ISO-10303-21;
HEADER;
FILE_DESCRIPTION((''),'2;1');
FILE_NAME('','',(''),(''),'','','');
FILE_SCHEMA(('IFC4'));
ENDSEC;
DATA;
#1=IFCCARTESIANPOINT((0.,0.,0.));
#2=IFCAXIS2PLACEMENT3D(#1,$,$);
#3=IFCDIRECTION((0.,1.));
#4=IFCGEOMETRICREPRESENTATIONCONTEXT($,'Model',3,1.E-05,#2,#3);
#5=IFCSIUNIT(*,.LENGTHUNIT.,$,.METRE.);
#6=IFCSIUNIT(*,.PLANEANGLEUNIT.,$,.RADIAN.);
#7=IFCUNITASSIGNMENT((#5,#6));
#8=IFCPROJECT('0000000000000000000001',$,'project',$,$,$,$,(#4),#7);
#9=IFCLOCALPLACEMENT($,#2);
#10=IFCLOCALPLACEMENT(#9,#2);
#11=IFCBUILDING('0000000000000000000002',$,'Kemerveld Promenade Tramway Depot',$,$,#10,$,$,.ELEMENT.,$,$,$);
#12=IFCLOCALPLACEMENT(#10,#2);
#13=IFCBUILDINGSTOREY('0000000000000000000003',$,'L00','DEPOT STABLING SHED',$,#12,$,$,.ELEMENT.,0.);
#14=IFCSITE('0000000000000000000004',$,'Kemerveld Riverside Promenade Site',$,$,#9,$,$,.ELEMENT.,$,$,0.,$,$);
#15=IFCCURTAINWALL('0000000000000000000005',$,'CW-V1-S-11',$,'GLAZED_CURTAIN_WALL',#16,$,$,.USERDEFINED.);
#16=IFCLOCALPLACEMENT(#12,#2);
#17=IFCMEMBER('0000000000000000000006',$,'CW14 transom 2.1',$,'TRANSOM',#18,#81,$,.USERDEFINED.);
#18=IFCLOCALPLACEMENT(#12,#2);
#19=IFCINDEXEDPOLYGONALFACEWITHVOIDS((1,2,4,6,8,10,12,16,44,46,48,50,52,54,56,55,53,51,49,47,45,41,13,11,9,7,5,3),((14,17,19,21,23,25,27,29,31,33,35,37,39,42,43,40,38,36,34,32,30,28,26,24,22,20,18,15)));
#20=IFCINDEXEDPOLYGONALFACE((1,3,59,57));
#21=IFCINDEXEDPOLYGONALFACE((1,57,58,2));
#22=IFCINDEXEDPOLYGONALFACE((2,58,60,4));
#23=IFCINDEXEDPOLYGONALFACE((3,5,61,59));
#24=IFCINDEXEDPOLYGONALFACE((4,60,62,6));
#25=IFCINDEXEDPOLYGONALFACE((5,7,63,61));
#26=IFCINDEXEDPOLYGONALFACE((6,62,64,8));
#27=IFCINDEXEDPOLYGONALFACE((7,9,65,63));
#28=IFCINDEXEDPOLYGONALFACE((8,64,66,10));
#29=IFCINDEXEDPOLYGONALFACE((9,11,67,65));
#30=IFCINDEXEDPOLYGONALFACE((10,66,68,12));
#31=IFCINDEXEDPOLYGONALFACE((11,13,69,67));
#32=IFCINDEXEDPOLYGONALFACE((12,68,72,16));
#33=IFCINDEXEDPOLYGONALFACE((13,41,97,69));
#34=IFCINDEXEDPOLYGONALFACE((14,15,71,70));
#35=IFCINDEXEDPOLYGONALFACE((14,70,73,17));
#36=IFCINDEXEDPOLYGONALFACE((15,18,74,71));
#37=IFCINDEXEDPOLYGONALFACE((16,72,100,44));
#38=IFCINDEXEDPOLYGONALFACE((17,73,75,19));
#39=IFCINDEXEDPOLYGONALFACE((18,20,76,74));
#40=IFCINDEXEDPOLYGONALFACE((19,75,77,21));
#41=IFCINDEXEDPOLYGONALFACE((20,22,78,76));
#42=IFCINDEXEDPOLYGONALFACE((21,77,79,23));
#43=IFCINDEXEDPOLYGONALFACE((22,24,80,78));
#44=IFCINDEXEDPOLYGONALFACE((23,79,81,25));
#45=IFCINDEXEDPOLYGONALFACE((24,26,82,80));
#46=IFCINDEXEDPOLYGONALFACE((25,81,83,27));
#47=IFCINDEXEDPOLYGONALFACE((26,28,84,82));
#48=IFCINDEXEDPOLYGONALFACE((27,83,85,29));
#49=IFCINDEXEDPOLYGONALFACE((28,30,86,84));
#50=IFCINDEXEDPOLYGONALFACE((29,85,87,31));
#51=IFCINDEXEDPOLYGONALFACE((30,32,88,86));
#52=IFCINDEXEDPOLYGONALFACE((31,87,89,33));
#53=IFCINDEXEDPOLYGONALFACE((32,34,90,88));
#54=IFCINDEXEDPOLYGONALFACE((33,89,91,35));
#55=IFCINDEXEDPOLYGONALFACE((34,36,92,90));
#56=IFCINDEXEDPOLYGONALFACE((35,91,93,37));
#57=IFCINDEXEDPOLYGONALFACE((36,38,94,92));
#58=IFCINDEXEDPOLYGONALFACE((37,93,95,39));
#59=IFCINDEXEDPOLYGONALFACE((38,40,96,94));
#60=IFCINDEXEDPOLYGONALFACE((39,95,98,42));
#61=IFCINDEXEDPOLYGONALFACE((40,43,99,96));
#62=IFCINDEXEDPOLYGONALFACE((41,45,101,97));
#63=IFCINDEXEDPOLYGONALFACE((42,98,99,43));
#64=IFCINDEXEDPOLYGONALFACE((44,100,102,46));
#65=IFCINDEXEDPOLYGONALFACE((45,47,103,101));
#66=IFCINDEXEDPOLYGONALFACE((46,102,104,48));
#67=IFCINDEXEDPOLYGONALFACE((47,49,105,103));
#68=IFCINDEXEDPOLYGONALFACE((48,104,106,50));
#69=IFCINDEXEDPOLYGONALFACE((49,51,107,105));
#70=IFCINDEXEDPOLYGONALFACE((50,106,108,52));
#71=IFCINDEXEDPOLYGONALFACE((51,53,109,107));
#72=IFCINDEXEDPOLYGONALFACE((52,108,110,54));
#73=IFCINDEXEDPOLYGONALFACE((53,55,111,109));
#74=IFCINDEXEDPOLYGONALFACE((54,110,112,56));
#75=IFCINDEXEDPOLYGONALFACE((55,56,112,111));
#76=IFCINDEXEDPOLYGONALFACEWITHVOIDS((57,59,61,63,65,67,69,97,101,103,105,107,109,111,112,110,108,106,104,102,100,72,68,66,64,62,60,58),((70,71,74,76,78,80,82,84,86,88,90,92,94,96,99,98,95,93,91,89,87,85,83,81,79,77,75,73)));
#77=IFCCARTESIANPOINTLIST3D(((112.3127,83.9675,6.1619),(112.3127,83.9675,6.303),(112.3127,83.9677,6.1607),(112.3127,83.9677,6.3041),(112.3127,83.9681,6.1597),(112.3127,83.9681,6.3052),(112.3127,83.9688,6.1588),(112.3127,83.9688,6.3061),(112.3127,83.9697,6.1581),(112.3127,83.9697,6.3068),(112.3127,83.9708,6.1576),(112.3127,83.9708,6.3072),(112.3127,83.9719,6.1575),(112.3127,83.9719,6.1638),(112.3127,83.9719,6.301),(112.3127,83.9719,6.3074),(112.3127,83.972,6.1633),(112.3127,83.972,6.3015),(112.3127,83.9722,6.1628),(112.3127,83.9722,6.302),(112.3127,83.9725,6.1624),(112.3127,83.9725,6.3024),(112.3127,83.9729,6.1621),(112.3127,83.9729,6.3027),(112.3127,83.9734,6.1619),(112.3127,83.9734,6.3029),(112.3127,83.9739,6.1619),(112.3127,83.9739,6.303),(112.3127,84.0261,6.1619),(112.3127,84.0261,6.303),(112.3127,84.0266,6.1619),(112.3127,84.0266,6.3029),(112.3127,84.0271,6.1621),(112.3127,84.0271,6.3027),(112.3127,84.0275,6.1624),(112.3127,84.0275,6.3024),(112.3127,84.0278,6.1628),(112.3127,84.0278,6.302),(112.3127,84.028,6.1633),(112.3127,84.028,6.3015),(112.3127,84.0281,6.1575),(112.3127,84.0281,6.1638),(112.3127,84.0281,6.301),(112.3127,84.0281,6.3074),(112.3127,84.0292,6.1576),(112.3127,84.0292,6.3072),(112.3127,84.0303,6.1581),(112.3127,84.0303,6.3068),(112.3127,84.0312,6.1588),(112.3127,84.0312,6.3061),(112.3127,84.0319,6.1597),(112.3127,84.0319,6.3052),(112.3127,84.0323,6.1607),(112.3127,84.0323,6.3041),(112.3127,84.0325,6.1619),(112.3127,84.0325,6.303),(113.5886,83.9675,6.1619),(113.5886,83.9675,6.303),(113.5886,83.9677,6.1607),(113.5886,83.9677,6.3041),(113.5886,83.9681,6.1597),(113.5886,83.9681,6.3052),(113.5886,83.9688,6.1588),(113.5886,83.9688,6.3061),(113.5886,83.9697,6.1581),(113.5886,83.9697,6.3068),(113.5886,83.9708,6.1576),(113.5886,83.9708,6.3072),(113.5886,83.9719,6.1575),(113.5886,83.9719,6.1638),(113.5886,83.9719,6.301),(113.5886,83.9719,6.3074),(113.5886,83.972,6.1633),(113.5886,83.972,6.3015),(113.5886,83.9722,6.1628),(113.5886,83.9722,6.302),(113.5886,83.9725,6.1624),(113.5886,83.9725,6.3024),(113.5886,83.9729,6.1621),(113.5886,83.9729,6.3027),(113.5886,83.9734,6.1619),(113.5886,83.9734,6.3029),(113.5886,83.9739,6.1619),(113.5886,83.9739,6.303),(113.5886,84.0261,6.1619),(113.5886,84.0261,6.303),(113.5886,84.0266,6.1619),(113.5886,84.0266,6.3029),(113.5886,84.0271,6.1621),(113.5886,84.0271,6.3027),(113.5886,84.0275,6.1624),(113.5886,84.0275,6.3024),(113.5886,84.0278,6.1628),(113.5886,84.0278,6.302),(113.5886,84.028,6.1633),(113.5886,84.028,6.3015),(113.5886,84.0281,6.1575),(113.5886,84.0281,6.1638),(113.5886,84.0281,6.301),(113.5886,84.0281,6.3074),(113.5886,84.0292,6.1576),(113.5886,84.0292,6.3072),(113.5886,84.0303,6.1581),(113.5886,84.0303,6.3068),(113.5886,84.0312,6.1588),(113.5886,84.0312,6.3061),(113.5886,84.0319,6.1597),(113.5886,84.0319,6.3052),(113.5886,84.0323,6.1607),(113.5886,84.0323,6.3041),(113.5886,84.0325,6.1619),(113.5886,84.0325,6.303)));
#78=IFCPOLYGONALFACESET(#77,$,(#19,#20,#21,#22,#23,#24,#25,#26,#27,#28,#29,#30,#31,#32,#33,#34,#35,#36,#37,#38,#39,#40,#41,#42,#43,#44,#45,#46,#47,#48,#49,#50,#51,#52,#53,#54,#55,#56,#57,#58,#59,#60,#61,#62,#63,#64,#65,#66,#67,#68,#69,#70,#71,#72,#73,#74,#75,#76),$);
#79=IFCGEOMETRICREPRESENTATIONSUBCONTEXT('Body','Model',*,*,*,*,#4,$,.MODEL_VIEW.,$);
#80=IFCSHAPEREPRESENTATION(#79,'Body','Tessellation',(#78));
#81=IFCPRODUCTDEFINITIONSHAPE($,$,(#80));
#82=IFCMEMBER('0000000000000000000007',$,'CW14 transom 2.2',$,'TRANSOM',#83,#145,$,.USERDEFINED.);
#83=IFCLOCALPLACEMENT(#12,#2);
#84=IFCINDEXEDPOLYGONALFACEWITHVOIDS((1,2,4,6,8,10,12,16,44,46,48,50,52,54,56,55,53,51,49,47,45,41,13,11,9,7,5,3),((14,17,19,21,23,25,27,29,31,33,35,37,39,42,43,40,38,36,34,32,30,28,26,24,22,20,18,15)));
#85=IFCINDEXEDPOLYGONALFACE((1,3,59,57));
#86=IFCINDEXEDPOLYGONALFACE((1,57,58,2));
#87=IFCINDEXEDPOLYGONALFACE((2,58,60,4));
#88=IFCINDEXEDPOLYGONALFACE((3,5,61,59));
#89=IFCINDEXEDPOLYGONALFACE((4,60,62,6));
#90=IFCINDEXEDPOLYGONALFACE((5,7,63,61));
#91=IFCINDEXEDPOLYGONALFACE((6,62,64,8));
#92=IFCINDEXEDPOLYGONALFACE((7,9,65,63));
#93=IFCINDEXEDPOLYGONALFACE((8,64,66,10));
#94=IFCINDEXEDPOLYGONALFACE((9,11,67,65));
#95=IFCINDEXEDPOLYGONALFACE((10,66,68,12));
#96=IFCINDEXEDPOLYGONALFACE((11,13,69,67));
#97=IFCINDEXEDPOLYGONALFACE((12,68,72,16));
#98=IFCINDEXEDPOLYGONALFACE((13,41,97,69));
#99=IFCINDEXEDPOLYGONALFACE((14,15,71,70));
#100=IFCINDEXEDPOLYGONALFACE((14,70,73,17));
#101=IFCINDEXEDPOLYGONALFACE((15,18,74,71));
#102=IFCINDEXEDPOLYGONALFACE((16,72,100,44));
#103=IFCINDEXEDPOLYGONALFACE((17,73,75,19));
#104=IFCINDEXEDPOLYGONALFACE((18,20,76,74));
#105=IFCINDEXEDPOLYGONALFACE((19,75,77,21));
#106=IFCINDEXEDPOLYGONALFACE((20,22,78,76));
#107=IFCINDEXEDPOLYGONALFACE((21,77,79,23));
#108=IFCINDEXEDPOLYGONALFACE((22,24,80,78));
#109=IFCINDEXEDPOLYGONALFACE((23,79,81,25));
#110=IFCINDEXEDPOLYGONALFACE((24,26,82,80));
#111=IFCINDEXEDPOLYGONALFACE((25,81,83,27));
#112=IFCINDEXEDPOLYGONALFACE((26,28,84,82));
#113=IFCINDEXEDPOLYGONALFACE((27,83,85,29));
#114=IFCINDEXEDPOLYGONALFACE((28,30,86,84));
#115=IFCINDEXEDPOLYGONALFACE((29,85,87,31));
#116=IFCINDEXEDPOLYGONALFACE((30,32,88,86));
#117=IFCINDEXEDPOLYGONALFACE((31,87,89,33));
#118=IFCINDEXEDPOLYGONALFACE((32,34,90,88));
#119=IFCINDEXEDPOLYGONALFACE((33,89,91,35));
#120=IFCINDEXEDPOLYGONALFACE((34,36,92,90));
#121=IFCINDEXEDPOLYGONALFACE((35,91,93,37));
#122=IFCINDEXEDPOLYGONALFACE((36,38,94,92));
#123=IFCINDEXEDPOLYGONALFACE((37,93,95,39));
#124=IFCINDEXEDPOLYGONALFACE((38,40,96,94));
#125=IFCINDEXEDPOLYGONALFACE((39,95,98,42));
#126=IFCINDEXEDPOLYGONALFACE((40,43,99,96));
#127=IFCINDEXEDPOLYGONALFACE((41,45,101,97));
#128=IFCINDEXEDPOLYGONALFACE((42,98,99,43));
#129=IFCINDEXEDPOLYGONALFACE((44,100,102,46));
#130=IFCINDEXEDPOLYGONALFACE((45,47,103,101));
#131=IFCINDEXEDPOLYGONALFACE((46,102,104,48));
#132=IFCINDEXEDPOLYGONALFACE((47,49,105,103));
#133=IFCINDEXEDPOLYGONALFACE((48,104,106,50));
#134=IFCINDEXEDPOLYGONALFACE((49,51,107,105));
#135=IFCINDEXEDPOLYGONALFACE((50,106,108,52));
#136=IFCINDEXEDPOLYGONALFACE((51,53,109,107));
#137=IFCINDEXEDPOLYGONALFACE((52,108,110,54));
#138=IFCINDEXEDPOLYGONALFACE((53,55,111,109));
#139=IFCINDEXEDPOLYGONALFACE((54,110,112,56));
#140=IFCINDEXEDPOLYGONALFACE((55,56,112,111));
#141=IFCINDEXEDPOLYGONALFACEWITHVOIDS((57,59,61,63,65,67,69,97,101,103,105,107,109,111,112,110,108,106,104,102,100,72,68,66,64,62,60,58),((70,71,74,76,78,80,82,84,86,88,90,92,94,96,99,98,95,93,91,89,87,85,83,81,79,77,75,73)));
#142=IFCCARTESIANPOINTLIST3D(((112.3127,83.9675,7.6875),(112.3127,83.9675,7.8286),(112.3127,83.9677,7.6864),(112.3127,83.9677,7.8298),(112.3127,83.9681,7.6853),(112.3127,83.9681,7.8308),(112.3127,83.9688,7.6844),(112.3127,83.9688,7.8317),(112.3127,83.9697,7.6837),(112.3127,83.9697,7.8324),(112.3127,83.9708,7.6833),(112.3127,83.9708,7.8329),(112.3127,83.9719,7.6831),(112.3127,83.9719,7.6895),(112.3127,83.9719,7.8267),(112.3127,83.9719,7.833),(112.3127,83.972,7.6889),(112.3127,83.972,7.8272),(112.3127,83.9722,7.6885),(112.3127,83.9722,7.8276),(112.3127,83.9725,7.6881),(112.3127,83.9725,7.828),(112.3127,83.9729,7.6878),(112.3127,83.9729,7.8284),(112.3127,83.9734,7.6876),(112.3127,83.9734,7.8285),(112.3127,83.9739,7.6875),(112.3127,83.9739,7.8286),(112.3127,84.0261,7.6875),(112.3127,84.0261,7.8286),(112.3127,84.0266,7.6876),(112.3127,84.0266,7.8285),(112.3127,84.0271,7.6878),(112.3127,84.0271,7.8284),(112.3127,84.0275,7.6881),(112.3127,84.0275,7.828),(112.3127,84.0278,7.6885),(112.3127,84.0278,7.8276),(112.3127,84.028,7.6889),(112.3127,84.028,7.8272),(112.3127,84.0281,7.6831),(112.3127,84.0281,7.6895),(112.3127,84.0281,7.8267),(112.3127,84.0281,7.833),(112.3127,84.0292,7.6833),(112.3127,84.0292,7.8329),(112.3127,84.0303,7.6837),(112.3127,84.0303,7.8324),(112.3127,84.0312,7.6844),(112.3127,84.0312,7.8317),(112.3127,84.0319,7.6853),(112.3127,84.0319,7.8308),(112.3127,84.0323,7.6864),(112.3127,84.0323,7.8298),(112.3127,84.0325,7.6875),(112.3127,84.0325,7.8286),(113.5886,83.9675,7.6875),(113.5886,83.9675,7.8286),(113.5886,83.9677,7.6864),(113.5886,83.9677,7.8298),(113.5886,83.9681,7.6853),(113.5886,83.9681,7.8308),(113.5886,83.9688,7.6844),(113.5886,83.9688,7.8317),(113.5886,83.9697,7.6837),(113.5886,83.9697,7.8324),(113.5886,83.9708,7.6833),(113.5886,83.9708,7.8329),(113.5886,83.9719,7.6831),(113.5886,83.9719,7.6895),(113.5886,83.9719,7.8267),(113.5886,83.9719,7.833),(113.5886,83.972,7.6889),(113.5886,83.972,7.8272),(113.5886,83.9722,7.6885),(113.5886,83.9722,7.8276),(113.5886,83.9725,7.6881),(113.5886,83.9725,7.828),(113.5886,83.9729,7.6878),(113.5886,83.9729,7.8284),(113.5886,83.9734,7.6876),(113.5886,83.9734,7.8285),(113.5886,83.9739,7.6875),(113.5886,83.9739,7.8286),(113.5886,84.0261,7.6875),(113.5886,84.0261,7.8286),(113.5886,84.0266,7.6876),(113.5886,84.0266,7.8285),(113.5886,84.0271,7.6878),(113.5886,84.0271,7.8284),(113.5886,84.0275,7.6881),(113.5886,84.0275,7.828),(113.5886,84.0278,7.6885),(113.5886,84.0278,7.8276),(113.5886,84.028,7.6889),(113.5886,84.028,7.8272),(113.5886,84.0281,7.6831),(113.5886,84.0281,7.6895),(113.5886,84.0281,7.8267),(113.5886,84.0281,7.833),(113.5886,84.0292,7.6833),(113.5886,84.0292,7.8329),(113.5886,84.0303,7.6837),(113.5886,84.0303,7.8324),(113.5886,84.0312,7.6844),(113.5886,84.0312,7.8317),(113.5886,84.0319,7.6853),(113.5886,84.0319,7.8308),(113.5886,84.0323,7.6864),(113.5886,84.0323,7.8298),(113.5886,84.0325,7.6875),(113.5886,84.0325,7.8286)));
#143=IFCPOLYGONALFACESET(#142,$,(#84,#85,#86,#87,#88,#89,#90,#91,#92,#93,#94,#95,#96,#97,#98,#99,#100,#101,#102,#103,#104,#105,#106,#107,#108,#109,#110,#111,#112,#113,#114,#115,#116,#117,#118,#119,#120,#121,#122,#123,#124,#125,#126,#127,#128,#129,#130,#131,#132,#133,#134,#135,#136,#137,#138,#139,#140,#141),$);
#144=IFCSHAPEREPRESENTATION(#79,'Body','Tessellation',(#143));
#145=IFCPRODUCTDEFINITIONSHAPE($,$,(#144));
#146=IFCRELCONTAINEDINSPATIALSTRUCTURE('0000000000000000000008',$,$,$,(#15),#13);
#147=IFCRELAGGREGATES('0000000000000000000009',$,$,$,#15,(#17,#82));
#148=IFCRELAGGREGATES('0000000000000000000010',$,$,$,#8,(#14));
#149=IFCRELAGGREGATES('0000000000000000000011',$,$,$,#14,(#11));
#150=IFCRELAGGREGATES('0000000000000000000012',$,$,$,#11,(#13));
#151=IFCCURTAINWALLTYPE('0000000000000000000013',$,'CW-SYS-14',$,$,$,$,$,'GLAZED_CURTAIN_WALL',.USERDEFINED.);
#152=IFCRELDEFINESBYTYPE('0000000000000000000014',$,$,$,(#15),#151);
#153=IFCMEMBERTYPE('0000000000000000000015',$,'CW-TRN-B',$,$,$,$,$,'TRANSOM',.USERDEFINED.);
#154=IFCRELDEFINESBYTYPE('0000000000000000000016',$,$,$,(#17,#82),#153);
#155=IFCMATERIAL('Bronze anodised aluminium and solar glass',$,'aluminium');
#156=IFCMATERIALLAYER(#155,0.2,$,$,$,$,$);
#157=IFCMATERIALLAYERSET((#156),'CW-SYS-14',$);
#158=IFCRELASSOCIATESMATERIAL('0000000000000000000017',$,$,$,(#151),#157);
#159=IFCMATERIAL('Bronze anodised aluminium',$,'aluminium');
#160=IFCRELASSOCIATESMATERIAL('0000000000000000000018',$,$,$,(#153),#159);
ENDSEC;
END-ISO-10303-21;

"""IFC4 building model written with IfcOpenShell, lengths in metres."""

from ifc_helpers import new_model, si_unit, direction, frame, origin, origin_2d, place, context, subcontext, project, spatial, hollow_rectangle, extrude, material, layer, layer_set, material_profile, profile_set, type_object, element, aggregate, save


model = new_model("IFC4")

# Units and contexts
model_context = context("Model", 3, precision=1e-05, world=origin(), true_north=direction((0.0, 1.0)))
body_context = subcontext(model_context, "Body", "Model", "MODEL_VIEW")
ifc_project = project(units=[si_unit("LENGTHUNIT", "METRE"), si_unit("PLANEANGLEUNIT", "RADIAN")], contexts=[model_context])

# Site, building, storey
site_placement = place(None, origin())
site = spatial("IfcSite", under=ifc_project, at=site_placement, Name="Kemerveld Riverside Promenade Site", CompositionType="ELEMENT", RefElevation=0.0)
building_placement = place(site_placement, origin())
building = spatial("IfcBuilding", under=site, at=building_placement, Name="Kemerveld Promenade Tramway Depot", CompositionType="ELEMENT")
storey_placement = place(building_placement, origin())
storey = spatial("IfcBuildingStorey", under=building, at=storey_placement, Name="L00", Description="DEPOT STABLING SHED", CompositionType="ELEMENT", Elevation=0.0)

# Curtain wall
ifc_material_1 = material(Name="Bronze anodised aluminium and solar glass", Category="aluminium")
ifc_material_2 = material(Name="Bronze anodised aluminium", Category="aluminium")
ifc_layer_1 = layer(ifc_material_1, 0.2)
ifc_layer_set_1 = layer_set([ifc_layer_1], Name="CW-SYS-14")
curtain_wall_type_1 = type_object("IfcCurtainWallType", Name="CW-SYS-14", ElementType="GLAZED_CURTAIN_WALL", PredefinedType="USERDEFINED", material=ifc_layer_set_1)
curtain_wall_1_placement = place(storey_placement, origin())
curtain_wall_1 = element("IfcCurtainWall", 1, at=curtain_wall_1_placement, inside=storey, type_object=curtain_wall_type_1, Name="CW-V1-S-11", ObjectType="GLAZED_CURTAIN_WALL", PredefinedType="USERDEFINED")

# Members
ifc_material_profile_1 = material_profile(ifc_material_2, hollow_rectangle(XDim=0.0649, YDim=0.1499, WallThickness=0.0044, InnerFilletRadius=0.002, OuterFilletRadius=0.0044, at=origin_2d()), Name="CW-TRN-150x65")
ifc_profile_set_1 = profile_set([ifc_material_profile_1], Name="Bronze anodised aluminium")
member_type_1 = type_object("IfcMemberType", Name="CW-TRN-B", ElementType="TRANSOM", PredefinedType="USERDEFINED", material=ifc_profile_set_1)
member_1_placement = place(storey_placement, frame((113.5886, 84.0, 6.2324), z_axis=(-1.0, 0.0, 0.0), x_axis=(0.0, -1.0, 0.0)))
member_1 = element("IfcMember", 2, at=member_1_placement, type_object=member_type_1, Name="CW14 transom 2.1", ObjectType="TRANSOM", PredefinedType="USERDEFINED", context=body_context, shape_type="SweptSolid", body=[
    extrude(hollow_rectangle(XDim=0.0649, YDim=0.1499, WallThickness=0.0044, InnerFilletRadius=0.002, OuterFilletRadius=0.0044, at=origin_2d()), origin(), (0.0, 0.0, 1.0), 1.2759),
])
member_2_placement = place(storey_placement, frame((113.5886, 84.0, 7.7581), z_axis=(-1.0, 0.0, 0.0), x_axis=(0.0, -1.0, 0.0)))
member_2 = element("IfcMember", 3, at=member_2_placement, type_object=member_type_1, Name="CW14 transom 2.2", ObjectType="TRANSOM", PredefinedType="USERDEFINED", context=body_context, shape_type="SweptSolid", body=[
    extrude(hollow_rectangle(XDim=0.0649, YDim=0.1499, WallThickness=0.0044, InnerFilletRadius=0.002, OuterFilletRadius=0.0044, at=origin_2d()), origin(), (0.0, 0.0, 1.0), 1.2759),
])

aggregate(curtain_wall_1, [member_1, member_2])

save(model, "model.ifc")
